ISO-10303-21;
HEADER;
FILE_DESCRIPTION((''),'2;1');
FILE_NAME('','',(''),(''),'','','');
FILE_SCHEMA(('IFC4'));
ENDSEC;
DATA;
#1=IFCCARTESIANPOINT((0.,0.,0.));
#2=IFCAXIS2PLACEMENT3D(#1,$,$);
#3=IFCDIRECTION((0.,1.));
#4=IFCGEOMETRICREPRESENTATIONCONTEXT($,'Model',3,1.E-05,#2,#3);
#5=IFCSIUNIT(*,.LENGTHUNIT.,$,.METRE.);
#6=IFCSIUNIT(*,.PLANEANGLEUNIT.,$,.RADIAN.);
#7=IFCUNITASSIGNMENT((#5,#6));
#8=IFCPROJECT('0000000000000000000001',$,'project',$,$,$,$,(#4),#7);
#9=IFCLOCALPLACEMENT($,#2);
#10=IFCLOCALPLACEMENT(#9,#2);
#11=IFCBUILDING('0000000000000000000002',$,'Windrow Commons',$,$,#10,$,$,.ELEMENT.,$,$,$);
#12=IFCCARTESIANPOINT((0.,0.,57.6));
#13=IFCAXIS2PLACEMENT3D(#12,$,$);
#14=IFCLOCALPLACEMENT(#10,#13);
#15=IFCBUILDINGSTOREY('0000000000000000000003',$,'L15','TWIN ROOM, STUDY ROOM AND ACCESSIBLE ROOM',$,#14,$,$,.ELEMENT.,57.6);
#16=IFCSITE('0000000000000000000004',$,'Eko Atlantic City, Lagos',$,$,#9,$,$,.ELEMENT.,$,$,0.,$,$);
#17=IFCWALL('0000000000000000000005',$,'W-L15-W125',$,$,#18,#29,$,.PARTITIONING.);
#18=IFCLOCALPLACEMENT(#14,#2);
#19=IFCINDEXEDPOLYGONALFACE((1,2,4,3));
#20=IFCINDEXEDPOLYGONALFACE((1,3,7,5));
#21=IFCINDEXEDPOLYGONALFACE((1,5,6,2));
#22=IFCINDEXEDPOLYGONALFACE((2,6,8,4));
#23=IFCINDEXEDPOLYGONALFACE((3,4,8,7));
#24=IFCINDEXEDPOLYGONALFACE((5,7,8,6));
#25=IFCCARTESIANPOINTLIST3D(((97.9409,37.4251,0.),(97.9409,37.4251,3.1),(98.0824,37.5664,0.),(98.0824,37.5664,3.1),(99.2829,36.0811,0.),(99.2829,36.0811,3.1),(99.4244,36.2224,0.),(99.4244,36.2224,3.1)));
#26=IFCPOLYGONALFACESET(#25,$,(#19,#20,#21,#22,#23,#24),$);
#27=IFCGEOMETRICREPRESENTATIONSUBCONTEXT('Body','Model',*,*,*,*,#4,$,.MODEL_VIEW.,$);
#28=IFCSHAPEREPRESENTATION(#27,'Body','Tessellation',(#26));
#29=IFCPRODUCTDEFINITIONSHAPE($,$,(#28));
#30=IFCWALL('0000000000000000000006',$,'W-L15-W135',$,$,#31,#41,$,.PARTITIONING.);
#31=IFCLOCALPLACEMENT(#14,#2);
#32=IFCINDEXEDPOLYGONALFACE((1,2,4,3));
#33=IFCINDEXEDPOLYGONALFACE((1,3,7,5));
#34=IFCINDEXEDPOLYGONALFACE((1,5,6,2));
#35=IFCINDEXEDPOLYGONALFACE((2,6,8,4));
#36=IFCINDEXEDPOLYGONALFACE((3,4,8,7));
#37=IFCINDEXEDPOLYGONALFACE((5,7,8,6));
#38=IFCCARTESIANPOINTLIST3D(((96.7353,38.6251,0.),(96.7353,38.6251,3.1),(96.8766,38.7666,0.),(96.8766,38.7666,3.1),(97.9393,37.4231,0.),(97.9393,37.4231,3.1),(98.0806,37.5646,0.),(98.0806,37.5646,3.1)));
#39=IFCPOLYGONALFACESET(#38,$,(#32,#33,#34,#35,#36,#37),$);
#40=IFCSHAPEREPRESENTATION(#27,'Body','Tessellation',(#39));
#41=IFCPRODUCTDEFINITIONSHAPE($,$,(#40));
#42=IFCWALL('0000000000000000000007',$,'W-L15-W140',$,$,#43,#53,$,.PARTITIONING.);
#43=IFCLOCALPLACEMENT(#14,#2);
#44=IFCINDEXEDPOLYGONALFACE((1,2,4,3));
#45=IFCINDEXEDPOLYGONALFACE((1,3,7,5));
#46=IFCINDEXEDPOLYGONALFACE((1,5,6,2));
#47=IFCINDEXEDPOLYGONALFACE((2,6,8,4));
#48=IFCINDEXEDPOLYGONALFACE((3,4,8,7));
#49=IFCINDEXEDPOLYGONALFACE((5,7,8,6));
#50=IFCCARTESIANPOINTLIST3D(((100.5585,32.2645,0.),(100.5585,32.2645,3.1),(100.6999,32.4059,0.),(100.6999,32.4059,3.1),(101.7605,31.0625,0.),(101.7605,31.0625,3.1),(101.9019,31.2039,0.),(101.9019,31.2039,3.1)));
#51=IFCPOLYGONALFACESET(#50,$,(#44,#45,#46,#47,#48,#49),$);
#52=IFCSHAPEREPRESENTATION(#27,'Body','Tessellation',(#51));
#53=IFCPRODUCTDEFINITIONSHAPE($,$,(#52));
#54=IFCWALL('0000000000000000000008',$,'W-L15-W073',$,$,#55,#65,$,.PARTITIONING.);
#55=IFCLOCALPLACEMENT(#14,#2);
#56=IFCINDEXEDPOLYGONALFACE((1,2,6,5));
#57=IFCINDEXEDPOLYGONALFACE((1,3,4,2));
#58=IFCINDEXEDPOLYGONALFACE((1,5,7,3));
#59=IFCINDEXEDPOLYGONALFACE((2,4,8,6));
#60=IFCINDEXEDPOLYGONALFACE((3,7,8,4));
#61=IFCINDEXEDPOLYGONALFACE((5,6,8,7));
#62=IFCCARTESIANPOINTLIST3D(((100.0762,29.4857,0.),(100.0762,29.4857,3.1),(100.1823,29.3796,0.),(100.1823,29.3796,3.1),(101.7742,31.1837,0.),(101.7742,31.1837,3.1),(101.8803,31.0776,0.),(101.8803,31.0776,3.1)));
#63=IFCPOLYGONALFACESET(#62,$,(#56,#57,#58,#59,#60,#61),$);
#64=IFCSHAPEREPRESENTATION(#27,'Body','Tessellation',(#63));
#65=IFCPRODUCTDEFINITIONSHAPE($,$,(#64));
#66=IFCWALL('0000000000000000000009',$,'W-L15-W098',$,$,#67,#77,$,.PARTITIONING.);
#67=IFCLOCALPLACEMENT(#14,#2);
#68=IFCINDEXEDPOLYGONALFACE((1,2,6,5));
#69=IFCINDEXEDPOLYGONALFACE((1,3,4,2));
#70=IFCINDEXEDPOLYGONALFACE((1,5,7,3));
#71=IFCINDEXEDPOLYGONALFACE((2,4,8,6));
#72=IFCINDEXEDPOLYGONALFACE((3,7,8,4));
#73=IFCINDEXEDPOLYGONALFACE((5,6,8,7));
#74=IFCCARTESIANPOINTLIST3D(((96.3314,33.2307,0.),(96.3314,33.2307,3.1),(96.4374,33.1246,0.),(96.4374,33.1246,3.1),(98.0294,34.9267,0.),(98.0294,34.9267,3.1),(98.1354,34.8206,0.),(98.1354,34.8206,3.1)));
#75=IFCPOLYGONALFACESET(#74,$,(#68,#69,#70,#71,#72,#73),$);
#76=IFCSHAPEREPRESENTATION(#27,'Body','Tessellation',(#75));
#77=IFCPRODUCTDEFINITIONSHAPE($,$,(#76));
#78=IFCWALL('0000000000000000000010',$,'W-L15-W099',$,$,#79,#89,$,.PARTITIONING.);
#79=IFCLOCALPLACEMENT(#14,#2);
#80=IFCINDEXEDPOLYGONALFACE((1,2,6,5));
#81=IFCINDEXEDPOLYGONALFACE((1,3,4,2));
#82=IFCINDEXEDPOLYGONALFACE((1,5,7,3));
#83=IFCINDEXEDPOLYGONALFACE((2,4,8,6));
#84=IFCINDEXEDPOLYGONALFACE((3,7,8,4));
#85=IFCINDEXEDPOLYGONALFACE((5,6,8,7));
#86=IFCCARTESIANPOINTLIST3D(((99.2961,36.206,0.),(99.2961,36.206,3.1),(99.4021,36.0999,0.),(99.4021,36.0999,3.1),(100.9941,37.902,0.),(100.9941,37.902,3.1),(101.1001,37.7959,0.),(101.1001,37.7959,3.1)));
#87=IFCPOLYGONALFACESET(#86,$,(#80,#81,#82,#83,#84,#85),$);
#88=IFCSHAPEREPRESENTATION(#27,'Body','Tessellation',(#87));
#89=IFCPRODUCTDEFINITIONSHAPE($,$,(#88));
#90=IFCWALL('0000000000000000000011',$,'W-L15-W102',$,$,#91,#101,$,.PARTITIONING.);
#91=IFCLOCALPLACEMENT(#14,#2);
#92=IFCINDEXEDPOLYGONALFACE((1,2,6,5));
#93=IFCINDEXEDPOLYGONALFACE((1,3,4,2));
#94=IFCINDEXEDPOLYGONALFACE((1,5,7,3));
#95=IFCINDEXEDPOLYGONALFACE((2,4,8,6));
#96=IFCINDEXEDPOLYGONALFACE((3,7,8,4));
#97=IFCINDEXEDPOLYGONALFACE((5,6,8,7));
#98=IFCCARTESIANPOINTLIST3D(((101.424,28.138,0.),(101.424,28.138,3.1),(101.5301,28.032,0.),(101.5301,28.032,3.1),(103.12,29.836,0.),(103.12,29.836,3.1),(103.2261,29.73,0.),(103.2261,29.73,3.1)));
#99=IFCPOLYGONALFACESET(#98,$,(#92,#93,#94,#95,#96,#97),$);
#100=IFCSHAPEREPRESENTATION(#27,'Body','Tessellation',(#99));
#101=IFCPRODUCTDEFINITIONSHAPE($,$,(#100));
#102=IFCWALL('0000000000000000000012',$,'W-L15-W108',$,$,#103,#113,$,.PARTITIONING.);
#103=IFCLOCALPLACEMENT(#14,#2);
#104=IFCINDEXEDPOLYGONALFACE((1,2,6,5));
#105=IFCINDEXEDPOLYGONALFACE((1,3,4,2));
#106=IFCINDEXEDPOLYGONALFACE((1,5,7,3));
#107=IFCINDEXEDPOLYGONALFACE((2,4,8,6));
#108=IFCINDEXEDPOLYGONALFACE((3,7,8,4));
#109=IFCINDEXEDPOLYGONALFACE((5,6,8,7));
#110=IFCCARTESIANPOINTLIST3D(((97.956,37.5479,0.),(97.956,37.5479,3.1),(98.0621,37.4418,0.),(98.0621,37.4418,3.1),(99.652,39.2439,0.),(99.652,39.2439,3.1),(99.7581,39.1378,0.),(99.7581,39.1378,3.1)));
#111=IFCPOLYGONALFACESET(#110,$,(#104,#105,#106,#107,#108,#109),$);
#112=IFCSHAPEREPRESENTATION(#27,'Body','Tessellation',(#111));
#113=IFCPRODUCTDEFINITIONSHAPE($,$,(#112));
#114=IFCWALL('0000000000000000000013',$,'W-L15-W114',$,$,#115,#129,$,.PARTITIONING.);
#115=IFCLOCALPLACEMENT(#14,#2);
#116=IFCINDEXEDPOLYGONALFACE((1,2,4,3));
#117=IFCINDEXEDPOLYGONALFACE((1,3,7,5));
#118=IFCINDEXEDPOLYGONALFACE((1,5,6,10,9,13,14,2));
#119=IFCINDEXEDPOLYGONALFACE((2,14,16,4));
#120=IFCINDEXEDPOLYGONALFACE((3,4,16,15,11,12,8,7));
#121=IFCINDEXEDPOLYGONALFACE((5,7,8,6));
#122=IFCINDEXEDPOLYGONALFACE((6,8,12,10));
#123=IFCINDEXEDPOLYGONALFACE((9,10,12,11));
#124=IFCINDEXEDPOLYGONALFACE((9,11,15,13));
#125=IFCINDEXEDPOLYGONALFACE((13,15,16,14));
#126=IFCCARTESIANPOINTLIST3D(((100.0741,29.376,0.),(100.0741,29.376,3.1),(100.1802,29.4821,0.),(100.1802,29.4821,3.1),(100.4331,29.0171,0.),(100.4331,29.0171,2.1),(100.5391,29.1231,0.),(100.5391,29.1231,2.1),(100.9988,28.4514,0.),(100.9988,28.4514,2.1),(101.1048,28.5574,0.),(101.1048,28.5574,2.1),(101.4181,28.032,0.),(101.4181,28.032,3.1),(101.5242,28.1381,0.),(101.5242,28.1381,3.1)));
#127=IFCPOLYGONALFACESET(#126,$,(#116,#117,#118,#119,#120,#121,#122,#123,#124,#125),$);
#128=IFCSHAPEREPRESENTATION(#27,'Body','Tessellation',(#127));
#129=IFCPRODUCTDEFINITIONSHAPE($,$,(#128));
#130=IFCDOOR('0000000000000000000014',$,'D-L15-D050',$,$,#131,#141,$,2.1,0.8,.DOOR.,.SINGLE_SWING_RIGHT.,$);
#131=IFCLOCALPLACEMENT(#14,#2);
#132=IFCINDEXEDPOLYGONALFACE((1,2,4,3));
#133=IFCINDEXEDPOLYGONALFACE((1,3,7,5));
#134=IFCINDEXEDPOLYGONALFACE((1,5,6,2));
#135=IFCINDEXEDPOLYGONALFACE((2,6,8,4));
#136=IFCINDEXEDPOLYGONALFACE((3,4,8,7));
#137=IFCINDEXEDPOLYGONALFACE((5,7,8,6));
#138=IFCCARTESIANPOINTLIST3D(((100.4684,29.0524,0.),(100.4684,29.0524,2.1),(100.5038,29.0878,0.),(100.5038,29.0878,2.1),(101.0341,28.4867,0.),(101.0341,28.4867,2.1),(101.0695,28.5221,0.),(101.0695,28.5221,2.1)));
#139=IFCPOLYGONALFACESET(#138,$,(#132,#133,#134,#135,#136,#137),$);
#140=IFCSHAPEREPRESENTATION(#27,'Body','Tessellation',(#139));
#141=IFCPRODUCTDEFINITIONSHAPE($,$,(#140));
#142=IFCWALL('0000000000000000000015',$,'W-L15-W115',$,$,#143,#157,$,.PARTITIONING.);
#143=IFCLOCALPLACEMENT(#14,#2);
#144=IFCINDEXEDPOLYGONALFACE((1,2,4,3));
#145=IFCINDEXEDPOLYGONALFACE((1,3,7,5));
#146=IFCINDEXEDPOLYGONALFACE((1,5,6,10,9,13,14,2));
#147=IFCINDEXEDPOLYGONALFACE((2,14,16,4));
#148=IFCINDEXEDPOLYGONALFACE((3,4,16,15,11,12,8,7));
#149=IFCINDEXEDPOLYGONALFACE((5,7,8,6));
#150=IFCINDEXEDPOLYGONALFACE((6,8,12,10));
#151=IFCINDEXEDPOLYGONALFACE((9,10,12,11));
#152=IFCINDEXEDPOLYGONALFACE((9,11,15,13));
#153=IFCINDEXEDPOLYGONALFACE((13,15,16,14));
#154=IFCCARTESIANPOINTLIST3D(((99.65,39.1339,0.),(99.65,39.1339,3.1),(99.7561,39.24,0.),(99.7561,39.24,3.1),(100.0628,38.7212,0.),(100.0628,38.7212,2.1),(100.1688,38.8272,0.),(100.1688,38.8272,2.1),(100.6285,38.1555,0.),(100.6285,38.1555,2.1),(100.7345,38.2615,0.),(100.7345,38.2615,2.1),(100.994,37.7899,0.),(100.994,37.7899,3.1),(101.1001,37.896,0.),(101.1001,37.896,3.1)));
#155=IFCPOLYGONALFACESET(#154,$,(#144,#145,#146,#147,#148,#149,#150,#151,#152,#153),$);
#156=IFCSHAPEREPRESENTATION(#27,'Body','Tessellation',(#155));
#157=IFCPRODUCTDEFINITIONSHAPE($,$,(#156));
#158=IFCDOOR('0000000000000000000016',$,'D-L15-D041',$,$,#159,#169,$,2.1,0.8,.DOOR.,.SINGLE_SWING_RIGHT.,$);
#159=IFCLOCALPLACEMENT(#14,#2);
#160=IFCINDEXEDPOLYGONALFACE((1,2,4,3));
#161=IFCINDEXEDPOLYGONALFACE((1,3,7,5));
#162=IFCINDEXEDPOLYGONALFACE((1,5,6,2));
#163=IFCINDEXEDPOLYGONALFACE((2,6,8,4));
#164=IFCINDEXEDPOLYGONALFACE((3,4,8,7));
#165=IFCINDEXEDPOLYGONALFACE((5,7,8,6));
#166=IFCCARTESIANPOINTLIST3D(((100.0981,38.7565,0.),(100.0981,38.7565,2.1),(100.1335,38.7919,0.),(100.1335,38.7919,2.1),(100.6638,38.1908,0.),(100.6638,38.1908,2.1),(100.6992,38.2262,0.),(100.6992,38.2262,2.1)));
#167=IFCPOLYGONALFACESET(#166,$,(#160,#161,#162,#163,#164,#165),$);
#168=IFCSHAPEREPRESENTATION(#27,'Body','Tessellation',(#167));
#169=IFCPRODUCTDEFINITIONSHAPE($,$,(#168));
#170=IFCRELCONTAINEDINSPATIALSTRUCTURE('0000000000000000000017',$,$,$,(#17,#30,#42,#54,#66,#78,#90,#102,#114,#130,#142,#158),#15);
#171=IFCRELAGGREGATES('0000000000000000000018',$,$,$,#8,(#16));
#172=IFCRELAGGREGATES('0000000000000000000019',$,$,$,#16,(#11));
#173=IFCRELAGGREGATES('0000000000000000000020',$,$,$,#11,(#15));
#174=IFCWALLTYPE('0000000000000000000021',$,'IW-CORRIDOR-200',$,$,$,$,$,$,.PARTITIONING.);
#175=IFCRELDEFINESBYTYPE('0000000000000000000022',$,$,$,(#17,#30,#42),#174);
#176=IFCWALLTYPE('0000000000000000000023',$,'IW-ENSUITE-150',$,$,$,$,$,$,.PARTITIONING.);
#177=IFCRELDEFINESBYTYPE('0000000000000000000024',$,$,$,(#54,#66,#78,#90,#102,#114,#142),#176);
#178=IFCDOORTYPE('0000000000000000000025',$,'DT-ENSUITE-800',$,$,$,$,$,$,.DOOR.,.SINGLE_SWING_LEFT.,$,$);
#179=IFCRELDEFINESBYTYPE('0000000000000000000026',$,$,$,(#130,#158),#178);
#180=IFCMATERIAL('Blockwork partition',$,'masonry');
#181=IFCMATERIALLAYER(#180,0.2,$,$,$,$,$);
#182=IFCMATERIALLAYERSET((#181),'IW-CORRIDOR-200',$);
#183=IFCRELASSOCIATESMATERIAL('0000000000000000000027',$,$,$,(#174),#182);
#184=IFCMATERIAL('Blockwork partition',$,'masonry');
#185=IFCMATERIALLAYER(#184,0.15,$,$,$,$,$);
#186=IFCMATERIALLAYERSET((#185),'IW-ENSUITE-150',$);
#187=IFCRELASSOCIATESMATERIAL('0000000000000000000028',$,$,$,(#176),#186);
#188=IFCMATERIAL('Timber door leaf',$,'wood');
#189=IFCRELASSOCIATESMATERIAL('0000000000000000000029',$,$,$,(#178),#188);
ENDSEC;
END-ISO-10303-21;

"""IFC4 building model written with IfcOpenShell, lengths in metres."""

from ifc_helpers import new_model, si_unit, direction, frame, frame_2d, origin, place, context, subcontext, project, spatial, rectangle, extrude, material, layer, layer_set, type_object, element, fill, save


model = new_model("IFC4")

# Units and contexts
model_context = context("Model", 3, precision=1e-05, world=origin(), true_north=direction((0.0, 1.0)))
body_context = subcontext(model_context, "Body", "Model", "MODEL_VIEW")
ifc_project = project(units=[si_unit("LENGTHUNIT", "METRE"), si_unit("PLANEANGLEUNIT", "RADIAN")], contexts=[model_context])

# Site, building, storey
site_placement = place(None, origin())
site = spatial("IfcSite", under=ifc_project, at=site_placement, Name="Eko Atlantic City, Lagos", CompositionType="ELEMENT", RefElevation=0.0)
building_placement = place(site_placement, origin())
building = spatial("IfcBuilding", under=site, at=building_placement, Name="Windrow Commons", CompositionType="ELEMENT")
storey_placement = place(building_placement, frame((0.0, 0.0, 57.6)))
storey = spatial("IfcBuildingStorey", under=building, at=storey_placement, Name="L15", Description="TWIN ROOM, STUDY ROOM AND ACCESSIBLE ROOM", CompositionType="ELEMENT", Elevation=57.6)

# Shared definitions
ifc_material_1 = material(Name="Blockwork partition", Category="masonry")
ifc_layer_1 = layer(ifc_material_1, 0.2)
ifc_layer_set_1 = layer_set([ifc_layer_1], Name="IW-CORRIDOR-200")
wall_type_1 = type_object("IfcWallType", Name="IW-CORRIDOR-200", PredefinedType="PARTITIONING", material=ifc_layer_set_1)

# Walls
wall_1_placement = place(storey_placement, frame((98.0117, 37.4957, 0.0), z_axis=(0.0, 0.0, 1.0), x_axis=(0.70658, -0.707633, 0.0)))
element("IfcWall", 1, at=wall_1_placement, inside=storey, type_object=wall_type_1, Name="W-L15-W125", PredefinedType="PARTITIONING", context=body_context, shape_type="SweptSolid", body=[
    extrude(rectangle(XDim=1.8993, YDim=0.2, at=frame_2d((0.9496, 0.0))), origin(), (0.0, 0.0, 1.0), 3.1),
])
wall_2_placement = place(storey_placement, frame((96.8059, 38.6959, 0.0), z_axis=(0.0, 0.0, 1.0), x_axis=(0.707694, -0.706519, 0.0)))
element("IfcWall", 2, at=wall_2_placement, inside=storey, type_object=wall_type_1, Name="W-L15-W135", PredefinedType="PARTITIONING", context=body_context, shape_type="SweptSolid", body=[
    extrude(rectangle(XDim=1.7013, YDim=0.2, at=frame_2d((0.8507, 0.0))), origin(), (0.0, 0.0, 1.0), 3.1),
])
wall_3_placement = place(storey_placement, frame((100.6292, 32.3352, 0.0), z_axis=(0.0, 0.0, 1.0), x_axis=(0.707107, -0.707107, 0.0)))
element("IfcWall", 3, at=wall_3_placement, inside=storey, type_object=wall_type_1, Name="W-L15-W140", PredefinedType="PARTITIONING", context=body_context, shape_type="SweptSolid", body=[
    extrude(rectangle(XDim=1.6999, YDim=0.2, at=frame_2d((0.8499, 0.0))), origin(), (0.0, 0.0, 1.0), 3.1),
])
ifc_material_2 = material(Name="Blockwork partition", Category="masonry")
ifc_layer_2 = layer(ifc_material_2, 0.15)
ifc_layer_set_2 = layer_set([ifc_layer_2], Name="IW-ENSUITE-150")
wall_type_2 = type_object("IfcWallType", Name="IW-ENSUITE-150", PredefinedType="PARTITIONING", material=ifc_layer_set_2)
wall_4_placement = place(storey_placement, frame((100.1293, 29.4327, 0.0), z_axis=(0.0, 0.0, 1.0), x_axis=(0.707107, 0.707107, 0.0)))
element("IfcWall", 4, at=wall_4_placement, inside=storey, type_object=wall_type_2, Name="W-L15-W073", PredefinedType="PARTITIONING", context=body_context, shape_type="SweptSolid", body=[
    extrude(rectangle(XDim=2.4013, YDim=0.15, at=frame_2d((1.2006, 0.0))), origin(), (0.0, 0.0, 1.0), 3.1),
])
for number, where, z_axis, x_axis, name in (
    (5, (96.3844, 33.1776, 0.0), (0.0, 0.0, 1.0), (0.707523, 0.70669, 0.0), "W-L15-W098"),
    (6, (99.3491, 36.1529, 0.0), (0.0, 0.0, 1.0), (0.707523, 0.70669, 0.0), "W-L15-W099"),
    (7, (101.477, 28.085, 0.0), (0.0, 0.0, 1.0), (0.70669, 0.707523, 0.0), "W-L15-W102"),
):
    element("IfcWall", number, at=place(storey_placement, frame(where, z_axis=z_axis, x_axis=x_axis)), inside=storey, type_object=wall_type_2, Name=name, PredefinedType="PARTITIONING", context=body_context, shape_type="SweptSolid", body=[
        extrude(rectangle(XDim=2.3999, YDim=0.15, at=frame_2d((1.2, 0.0))), origin(), (0.0, 0.0, 1.0), 3.1),
    ])
wall_5_placement = place(storey_placement, frame((98.0091, 37.4949, 0.0), z_axis=(0.0, 0.0, 1.0), x_axis=(0.707107, 0.707107, 0.0)))
element("IfcWall", 8, at=wall_5_placement, inside=storey, type_object=wall_type_2, Name="W-L15-W108", PredefinedType="PARTITIONING", context=body_context, shape_type="SweptSolid", body=[
    extrude(rectangle(XDim=2.3985, YDim=0.15, at=frame_2d((1.1992, 0.0))), origin(), (0.0, 0.0, 1.0), 3.1),
])

# Walls, openings, doors
wall_6_placement = place(storey_placement, frame((100.1271, 29.4291, 0.0), z_axis=(0.0, 0.0, 1.0), x_axis=(0.707107, -0.707107, 0.0)))
wall_6 = element("IfcWall", 9, at=wall_6_placement, inside=storey, type_object=wall_type_2, Name="W-L15-W114", PredefinedType="PARTITIONING", context=body_context, shape_type="SweptSolid", body=[
    extrude(rectangle(XDim=1.9007, YDim=0.15, at=frame_2d((0.9504, 0.0))), origin(), (0.0, 0.0, 1.0), 3.1),
])
opening_1_placement = place(wall_6_placement, frame((0.5077, 0.0, 0.0)))
opening_1 = element("IfcOpeningElement", 10, at=opening_1_placement, cuts=wall_6, PredefinedType="OPENING", context=body_context, shape_type="SweptSolid", body=[
    extrude(rectangle(XDim=0.8, YDim=2.1, at=frame_2d((0.4, 1.05))), frame((0.0, 0.085, 0.0), z_axis=(0.0, -1.0, 0.0), x_axis=(1.0, 0.0, 0.0)), (0.0, 0.0, 1.0), 0.17),
])
ifc_material_3 = material(Name="Timber door leaf", Category="wood")
door_type_1 = type_object("IfcDoorType", Name="DT-ENSUITE-800", OperationType="SINGLE_SWING_LEFT", PredefinedType="DOOR", material=ifc_material_3)
door_1_placement = place(opening_1_placement, origin())
door_1 = element("IfcDoor", 11, at=door_1_placement, inside=storey, type_object=door_type_1, Name="D-L15-D050", OperationType="SINGLE_SWING_RIGHT", OverallHeight=2.1, OverallWidth=0.8, PredefinedType="DOOR", context=body_context, shape_type="SweptSolid", body=[
    extrude(rectangle(XDim=0.8, YDim=2.1, at=frame_2d((0.4, 1.05))), frame((0.0, 0.025, 0.0), z_axis=(0.0, -1.0, 0.0), x_axis=(1.0, 0.0, 0.0)), (0.0, 0.0, 1.0), 0.05),
])
fill(opening_1, door_1)
wall_7_placement = place(storey_placement, frame((99.703, 39.187, 0.0), z_axis=(0.0, 0.0, 1.0), x_axis=(0.707107, -0.707107, 0.0)))
wall_7 = element("IfcWall", 12, at=wall_7_placement, inside=storey, type_object=wall_type_2, Name="W-L15-W115", PredefinedType="PARTITIONING", context=body_context, shape_type="SweptSolid", body=[
    extrude(rectangle(XDim=1.9007, YDim=0.15, at=frame_2d((0.9504, 0.0))), origin(), (0.0, 0.0, 1.0), 3.1),
])
opening_2_placement = place(wall_7_placement, frame((0.5838, 0.0, 0.0)))
opening_2 = element("IfcOpeningElement", 13, at=opening_2_placement, cuts=wall_7, PredefinedType="OPENING", context=body_context, shape_type="SweptSolid", body=[
    extrude(rectangle(XDim=0.8, YDim=2.1, at=frame_2d((0.4, 1.05))), frame((0.0, 0.085, 0.0), z_axis=(0.0, -1.0, 0.0), x_axis=(1.0, 0.0, 0.0)), (0.0, 0.0, 1.0), 0.17),
])
door_2_placement = place(opening_2_placement, origin())
door_2 = element("IfcDoor", 14, at=door_2_placement, inside=storey, type_object=door_type_1, Name="D-L15-D041", OperationType="SINGLE_SWING_RIGHT", OverallHeight=2.1, OverallWidth=0.8, PredefinedType="DOOR", context=body_context, shape_type="SweptSolid", body=[
    extrude(rectangle(XDim=0.8, YDim=2.1, at=frame_2d((0.4, 1.05))), frame((0.0, 0.025, 0.0), z_axis=(0.0, -1.0, 0.0), x_axis=(1.0, 0.0, 0.0)), (0.0, 0.0, 1.0), 0.05),
])
fill(opening_2, door_2)

save(model, "model.ifc")
